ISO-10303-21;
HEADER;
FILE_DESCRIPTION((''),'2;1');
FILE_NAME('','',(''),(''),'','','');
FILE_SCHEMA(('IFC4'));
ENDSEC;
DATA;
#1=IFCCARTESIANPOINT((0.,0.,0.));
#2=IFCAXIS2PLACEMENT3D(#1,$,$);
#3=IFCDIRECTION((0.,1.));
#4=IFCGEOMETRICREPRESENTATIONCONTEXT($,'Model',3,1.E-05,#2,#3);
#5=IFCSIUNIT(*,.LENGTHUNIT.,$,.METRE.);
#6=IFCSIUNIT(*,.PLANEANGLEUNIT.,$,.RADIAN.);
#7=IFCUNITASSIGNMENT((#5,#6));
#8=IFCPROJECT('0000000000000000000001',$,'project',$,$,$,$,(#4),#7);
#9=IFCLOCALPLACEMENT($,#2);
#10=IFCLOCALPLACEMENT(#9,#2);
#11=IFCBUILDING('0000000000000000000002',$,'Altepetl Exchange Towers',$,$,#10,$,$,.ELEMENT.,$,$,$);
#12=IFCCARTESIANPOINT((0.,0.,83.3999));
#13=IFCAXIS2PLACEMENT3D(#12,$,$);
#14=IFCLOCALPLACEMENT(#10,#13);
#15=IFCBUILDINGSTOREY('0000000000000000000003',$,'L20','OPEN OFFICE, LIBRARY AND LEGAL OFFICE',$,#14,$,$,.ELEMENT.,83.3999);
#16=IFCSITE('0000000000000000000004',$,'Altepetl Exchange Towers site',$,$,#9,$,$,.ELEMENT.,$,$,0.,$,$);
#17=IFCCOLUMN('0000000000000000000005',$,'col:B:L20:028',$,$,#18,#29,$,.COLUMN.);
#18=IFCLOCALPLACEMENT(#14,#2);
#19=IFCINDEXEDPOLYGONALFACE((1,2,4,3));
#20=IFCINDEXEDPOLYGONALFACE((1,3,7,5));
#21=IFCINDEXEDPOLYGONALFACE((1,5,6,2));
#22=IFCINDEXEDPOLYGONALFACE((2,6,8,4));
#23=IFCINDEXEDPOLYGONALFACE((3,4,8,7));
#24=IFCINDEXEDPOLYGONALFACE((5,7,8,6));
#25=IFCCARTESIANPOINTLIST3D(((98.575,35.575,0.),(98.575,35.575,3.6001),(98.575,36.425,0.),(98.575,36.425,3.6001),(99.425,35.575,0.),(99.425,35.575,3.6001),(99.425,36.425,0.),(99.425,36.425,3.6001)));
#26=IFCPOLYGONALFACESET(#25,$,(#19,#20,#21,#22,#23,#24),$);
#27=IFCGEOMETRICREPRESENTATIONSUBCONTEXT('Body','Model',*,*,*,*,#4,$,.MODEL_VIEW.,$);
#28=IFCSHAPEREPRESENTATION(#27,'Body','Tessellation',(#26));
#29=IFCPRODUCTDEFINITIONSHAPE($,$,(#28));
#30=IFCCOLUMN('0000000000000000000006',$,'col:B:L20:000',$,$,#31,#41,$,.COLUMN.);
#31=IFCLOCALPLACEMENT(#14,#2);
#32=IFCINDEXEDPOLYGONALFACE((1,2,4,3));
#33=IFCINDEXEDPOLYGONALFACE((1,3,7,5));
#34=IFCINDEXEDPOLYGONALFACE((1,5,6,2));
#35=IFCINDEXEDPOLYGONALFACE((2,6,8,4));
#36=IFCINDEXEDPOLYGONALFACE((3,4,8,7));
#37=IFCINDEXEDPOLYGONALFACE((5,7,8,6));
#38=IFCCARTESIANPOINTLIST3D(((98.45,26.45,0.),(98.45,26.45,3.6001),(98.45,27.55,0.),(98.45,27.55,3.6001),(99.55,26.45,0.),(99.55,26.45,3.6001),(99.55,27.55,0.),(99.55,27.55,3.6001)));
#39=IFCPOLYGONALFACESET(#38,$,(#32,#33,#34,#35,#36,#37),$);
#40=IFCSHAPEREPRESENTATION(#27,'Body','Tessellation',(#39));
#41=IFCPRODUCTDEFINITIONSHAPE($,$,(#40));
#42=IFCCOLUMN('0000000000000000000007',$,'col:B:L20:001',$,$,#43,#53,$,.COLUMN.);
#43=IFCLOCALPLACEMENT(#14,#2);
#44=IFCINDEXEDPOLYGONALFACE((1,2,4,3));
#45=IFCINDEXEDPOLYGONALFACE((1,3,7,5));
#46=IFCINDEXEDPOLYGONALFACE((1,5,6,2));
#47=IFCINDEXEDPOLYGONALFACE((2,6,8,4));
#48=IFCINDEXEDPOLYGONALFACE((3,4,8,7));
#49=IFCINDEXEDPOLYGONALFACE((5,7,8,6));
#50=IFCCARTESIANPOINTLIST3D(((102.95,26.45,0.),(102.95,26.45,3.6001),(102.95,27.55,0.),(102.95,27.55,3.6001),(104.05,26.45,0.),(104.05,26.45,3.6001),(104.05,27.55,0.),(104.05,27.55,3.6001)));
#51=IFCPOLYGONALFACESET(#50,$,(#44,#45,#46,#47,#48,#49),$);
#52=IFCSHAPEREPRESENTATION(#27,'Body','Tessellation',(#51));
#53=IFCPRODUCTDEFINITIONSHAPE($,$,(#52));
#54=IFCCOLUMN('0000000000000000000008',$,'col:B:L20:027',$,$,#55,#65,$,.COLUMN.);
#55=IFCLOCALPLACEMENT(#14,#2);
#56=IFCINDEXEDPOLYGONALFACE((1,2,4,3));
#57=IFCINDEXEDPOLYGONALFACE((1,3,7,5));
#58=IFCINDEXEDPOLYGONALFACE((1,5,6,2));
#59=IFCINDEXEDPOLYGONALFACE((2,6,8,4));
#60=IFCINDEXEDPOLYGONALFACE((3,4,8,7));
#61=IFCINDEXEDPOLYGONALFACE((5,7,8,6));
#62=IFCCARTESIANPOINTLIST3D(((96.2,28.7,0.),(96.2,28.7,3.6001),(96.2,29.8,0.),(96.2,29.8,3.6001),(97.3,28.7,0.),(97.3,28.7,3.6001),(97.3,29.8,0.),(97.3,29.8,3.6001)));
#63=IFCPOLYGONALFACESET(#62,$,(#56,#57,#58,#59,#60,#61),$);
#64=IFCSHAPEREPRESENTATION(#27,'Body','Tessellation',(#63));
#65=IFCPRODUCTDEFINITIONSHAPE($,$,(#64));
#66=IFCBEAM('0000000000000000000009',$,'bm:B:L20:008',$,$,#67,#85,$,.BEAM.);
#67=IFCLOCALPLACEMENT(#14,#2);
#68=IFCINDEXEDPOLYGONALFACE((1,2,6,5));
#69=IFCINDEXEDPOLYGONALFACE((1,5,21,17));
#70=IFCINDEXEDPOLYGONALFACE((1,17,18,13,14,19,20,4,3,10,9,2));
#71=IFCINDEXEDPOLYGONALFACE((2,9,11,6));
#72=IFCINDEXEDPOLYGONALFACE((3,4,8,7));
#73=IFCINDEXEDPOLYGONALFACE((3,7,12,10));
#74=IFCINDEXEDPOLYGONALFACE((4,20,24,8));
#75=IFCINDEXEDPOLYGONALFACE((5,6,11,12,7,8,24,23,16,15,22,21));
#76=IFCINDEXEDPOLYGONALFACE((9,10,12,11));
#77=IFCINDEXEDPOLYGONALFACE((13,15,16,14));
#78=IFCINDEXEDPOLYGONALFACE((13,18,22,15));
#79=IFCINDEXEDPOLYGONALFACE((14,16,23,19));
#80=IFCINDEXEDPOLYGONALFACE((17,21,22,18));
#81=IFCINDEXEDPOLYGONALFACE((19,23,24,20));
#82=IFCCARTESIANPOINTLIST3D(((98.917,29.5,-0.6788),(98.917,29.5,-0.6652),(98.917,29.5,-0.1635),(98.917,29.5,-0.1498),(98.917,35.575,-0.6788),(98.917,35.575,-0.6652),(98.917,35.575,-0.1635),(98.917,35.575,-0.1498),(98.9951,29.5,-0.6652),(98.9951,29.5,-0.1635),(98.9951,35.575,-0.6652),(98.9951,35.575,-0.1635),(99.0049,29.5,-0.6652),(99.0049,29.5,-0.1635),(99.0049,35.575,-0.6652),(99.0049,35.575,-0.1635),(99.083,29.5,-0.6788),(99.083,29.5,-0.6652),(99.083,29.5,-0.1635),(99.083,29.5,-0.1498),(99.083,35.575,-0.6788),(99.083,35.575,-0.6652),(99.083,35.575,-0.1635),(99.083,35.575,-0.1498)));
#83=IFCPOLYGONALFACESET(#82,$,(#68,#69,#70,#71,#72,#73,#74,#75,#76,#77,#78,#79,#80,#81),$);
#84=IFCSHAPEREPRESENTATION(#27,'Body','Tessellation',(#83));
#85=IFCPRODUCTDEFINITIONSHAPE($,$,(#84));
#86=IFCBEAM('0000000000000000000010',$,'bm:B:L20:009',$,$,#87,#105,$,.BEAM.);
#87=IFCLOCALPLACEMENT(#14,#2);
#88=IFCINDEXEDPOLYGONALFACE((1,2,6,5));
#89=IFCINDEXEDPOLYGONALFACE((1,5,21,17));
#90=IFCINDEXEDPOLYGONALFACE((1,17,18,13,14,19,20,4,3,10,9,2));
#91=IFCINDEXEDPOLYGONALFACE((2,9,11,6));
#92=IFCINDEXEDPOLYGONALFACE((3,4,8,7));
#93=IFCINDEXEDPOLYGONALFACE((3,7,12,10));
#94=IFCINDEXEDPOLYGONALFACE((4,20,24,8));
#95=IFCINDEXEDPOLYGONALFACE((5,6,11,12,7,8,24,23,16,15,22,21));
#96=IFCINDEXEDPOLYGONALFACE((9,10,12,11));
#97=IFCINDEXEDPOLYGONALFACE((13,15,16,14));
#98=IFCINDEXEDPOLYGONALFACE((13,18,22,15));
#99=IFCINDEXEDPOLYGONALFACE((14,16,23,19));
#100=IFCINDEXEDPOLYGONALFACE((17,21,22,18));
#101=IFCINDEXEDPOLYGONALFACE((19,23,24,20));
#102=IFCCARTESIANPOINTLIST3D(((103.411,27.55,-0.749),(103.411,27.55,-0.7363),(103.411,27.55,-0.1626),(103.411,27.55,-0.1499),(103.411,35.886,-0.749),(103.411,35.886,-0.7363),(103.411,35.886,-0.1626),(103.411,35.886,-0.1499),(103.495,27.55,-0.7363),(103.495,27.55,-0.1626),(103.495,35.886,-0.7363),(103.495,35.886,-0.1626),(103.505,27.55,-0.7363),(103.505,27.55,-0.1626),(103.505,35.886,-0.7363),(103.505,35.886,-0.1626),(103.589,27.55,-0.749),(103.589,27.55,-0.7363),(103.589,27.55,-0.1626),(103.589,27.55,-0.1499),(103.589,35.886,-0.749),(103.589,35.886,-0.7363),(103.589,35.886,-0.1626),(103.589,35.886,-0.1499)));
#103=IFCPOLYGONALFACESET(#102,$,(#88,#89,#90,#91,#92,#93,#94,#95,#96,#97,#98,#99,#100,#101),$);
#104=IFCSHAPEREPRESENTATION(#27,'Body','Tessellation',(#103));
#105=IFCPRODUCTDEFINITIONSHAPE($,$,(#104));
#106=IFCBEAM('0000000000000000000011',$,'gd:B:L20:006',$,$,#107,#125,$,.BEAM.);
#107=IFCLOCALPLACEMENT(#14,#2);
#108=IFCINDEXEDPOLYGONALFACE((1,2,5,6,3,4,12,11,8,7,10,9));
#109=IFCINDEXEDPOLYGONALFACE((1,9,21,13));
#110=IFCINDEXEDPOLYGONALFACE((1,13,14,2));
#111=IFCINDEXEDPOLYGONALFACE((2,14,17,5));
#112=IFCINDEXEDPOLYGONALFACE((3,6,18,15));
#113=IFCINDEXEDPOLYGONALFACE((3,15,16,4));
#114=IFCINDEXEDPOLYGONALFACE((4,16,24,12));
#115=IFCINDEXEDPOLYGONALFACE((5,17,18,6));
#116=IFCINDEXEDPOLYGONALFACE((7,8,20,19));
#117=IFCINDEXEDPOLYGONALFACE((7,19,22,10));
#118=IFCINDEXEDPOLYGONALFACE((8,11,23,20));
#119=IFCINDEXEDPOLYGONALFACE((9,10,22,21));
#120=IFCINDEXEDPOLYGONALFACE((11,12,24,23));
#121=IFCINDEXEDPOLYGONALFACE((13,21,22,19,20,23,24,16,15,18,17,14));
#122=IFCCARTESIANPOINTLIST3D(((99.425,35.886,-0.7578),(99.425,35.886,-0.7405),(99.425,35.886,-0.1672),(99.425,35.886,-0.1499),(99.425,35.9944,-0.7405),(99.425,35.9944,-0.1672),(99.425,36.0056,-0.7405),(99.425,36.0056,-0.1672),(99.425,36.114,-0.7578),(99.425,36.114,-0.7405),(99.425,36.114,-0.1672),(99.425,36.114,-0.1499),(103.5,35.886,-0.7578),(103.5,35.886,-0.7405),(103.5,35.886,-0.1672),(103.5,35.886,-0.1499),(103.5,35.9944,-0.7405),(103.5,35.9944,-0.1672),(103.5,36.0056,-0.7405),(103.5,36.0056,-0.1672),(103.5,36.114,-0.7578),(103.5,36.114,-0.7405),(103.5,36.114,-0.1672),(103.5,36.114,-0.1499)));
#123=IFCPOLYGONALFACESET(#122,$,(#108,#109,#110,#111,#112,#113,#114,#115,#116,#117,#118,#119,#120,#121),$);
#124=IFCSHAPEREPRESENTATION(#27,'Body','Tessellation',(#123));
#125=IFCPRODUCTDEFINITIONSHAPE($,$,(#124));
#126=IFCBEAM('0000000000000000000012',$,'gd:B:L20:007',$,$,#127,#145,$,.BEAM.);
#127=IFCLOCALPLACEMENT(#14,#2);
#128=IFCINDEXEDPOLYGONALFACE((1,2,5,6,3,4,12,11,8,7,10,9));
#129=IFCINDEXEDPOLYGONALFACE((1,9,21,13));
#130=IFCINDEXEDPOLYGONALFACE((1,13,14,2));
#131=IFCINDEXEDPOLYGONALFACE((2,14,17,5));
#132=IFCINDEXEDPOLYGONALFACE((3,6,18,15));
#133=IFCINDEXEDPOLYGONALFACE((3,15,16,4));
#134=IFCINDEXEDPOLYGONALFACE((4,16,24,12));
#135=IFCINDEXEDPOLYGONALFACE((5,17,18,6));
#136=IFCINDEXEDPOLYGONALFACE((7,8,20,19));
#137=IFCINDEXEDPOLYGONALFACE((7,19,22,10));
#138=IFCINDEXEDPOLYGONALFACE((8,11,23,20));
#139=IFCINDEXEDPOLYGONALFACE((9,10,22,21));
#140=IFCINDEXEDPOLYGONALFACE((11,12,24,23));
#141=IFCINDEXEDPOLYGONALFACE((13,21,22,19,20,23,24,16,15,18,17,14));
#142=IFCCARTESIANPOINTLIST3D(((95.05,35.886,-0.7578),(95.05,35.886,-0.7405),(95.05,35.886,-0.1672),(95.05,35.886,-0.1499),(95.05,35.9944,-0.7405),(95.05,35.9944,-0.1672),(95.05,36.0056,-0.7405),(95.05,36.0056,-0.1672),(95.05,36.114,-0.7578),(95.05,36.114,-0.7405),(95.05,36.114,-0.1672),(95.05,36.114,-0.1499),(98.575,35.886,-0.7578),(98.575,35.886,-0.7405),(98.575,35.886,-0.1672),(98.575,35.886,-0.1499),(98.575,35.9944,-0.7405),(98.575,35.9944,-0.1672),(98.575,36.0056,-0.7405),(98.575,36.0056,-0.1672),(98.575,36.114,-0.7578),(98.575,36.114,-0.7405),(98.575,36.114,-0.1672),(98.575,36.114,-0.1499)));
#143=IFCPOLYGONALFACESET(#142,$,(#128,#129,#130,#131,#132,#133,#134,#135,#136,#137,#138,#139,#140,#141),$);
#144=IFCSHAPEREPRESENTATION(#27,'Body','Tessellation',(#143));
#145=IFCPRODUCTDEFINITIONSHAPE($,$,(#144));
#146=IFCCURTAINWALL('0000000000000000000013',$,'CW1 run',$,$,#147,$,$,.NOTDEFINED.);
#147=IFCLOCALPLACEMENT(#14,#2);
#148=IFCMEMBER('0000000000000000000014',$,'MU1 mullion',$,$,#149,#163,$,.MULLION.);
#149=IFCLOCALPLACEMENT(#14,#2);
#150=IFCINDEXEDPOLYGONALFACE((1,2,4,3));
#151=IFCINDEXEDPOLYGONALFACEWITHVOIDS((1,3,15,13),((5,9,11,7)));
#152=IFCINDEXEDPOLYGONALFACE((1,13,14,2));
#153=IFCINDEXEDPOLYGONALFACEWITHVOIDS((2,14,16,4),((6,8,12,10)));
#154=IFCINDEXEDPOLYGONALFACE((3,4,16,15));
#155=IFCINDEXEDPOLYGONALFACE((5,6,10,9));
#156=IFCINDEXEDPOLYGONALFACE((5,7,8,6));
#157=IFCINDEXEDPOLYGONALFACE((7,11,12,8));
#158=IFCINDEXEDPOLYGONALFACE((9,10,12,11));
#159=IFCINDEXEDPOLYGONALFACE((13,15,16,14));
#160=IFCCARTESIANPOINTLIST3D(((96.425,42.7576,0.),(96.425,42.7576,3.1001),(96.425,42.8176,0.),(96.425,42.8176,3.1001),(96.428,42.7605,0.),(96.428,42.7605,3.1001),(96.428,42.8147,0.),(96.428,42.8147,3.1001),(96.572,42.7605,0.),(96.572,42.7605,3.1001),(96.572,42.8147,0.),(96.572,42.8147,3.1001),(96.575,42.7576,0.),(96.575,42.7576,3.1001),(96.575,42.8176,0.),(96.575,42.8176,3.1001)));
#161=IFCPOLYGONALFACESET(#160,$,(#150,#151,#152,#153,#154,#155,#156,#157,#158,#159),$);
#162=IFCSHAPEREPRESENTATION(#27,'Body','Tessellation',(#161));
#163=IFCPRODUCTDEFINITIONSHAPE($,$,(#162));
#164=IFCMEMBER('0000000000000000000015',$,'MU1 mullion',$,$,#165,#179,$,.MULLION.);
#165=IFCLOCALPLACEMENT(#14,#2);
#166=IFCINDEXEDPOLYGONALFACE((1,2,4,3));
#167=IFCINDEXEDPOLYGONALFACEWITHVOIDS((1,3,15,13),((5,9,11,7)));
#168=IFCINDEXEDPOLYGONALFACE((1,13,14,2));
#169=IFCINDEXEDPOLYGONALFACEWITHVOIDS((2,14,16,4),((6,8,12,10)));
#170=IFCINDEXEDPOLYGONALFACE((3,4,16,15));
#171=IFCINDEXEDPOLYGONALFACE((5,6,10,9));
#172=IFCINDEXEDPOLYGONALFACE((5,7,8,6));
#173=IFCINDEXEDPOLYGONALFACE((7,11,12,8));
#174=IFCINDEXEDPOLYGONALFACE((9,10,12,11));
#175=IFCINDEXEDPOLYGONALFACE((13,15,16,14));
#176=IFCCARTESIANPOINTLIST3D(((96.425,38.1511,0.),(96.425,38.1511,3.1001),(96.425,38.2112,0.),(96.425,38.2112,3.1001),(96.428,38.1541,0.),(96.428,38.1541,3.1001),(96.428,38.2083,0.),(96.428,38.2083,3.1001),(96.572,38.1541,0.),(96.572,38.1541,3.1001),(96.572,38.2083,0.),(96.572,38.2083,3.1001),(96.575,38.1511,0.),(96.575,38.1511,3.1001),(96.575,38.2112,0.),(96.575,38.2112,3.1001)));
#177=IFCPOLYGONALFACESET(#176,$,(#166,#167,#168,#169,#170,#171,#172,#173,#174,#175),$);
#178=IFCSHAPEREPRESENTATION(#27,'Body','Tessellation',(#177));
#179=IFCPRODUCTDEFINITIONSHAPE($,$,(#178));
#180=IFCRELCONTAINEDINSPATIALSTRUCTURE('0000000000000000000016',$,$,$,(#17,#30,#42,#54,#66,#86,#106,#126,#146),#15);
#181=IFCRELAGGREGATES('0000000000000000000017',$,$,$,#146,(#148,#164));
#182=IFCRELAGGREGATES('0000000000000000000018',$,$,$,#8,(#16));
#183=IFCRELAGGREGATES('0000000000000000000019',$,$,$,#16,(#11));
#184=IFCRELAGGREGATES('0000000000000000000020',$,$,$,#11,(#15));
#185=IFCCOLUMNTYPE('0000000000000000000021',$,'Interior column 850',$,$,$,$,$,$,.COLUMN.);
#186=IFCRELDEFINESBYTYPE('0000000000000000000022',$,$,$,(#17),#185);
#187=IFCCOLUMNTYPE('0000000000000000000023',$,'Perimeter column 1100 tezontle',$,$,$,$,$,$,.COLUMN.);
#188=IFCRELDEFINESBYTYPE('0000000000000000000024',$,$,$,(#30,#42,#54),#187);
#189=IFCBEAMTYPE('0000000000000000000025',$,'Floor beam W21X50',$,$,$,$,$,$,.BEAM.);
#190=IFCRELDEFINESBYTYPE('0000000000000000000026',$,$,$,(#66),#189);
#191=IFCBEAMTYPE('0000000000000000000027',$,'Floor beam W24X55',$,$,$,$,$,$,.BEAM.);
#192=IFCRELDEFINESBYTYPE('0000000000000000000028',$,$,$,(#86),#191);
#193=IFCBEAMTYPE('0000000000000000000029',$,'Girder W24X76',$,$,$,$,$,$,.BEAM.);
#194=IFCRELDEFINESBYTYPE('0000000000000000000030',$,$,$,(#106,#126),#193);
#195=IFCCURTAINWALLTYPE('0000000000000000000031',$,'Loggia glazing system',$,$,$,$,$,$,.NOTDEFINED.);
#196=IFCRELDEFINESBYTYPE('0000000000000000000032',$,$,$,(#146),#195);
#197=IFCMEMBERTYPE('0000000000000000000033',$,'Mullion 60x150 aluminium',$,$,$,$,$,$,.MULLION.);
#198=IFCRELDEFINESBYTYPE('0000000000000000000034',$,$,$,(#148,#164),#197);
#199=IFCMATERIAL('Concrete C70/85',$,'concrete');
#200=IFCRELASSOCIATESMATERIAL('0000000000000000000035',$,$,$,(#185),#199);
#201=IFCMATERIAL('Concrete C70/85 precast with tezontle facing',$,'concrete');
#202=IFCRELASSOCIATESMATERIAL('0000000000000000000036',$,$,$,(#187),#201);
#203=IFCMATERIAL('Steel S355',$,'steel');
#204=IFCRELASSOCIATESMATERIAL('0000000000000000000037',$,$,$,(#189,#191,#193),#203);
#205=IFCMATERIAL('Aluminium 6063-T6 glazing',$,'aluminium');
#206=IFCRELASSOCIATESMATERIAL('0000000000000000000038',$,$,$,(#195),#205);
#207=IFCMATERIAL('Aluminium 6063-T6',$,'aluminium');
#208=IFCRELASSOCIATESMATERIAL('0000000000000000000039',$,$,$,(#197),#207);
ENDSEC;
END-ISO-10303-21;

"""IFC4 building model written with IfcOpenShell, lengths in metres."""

from ifc_helpers import new_model, si_unit, direction, frame, origin, origin_2d, place, context, subcontext, project, spatial, rectangle, hollow_rectangle, i_section, extrude, material, material_profile, profile_set, type_object, element, aggregate, save


model = new_model("IFC4")

# Units and contexts
model_context = context("Model", 3, precision=1e-05, world=origin(), true_north=direction((0.0, 1.0)))
body_context = subcontext(model_context, "Body", "Model", "MODEL_VIEW")
ifc_project = project(units=[si_unit("LENGTHUNIT", "METRE"), si_unit("PLANEANGLEUNIT", "RADIAN")], contexts=[model_context])

# Site, building, storey
site_placement = place(None, origin())
site = spatial("IfcSite", under=ifc_project, at=site_placement, Name="Altepetl Exchange Towers site", CompositionType="ELEMENT", RefElevation=0.0)
building_placement = place(site_placement, origin())
building = spatial("IfcBuilding", under=site, at=building_placement, Name="Altepetl Exchange Towers", CompositionType="ELEMENT")
storey_placement = place(building_placement, frame((0.0, 0.0, 83.3999)))
storey = spatial("IfcBuildingStorey", under=building, at=storey_placement, Name="L20", Description="OPEN OFFICE, LIBRARY AND LEGAL OFFICE", CompositionType="ELEMENT", Elevation=83.3999)

# Columns
ifc_material_1 = material(Name="Concrete C70/85", Category="concrete")
ifc_material_profile_1 = material_profile(ifc_material_1, rectangle(XDim=0.8501, YDim=0.8501, at=origin_2d()), Name="850 x 850")
ifc_profile_set_1 = profile_set([ifc_material_profile_1], Name="Concrete C70/85")
column_type_1 = type_object("IfcColumnType", Name="Interior column 850", PredefinedType="COLUMN", material=ifc_profile_set_1)
column_placement = place(storey_placement, frame((99.0, 36.0, 0.0)))
element("IfcColumn", 1, at=column_placement, inside=storey, type_object=column_type_1, Name="col:B:L20:028", PredefinedType="COLUMN", context=body_context, shape_type="SweptSolid", body=[
    extrude(rectangle(XDim=0.8501, YDim=0.8501, at=origin_2d()), origin(), (0.0, 0.0, 1.0), 3.6001),
])
ifc_material_2 = material(Name="Concrete C70/85 precast with tezontle facing", Category="concrete")
ifc_material_profile_2 = material_profile(ifc_material_2, rectangle(XDim=1.1001, YDim=1.1001, at=origin_2d()), Name="1100 x 1100")
ifc_profile_set_2 = profile_set([ifc_material_profile_2], Name="Concrete C70/85 precast with tezontle facing")
column_type_2 = type_object("IfcColumnType", Name="Perimeter column 1100 tezontle", PredefinedType="COLUMN", material=ifc_profile_set_2)
for number, where, name in (
    (2, (99.0, 27.0, 0.0), "col:B:L20:000"),
    (3, (103.5, 27.0, 0.0), "col:B:L20:001"),
    (4, (96.75, 29.25, 0.0), "col:B:L20:027"),
):
    element("IfcColumn", number, at=place(storey_placement, frame(where)), inside=storey, type_object=column_type_2, Name=name, PredefinedType="COLUMN", context=body_context, shape_type="SweptSolid", body=[
        extrude(rectangle(XDim=1.1001, YDim=1.1001, at=origin_2d()), origin(), (0.0, 0.0, 1.0), 3.6001),
    ])

# Beams
ifc_material_3 = material(Name="Steel S355", Category="steel")
ifc_material_profile_3 = material_profile(ifc_material_3, i_section(OverallWidth=0.166, OverallDepth=0.5291, WebThickness=0.0098, FlangeThickness=0.0137, at=origin_2d()), Name="W21X50")
ifc_profile_set_3 = profile_set([ifc_material_profile_3], Name="Steel S355")
beam_type_1 = type_object("IfcBeamType", Name="Floor beam W21X50", PredefinedType="BEAM", material=ifc_profile_set_3)
beam_1_placement = place(storey_placement, frame((99.0, 29.5, -0.4143), z_axis=(0.0, 1.0, 0.0), x_axis=(-1.0, 0.0, 0.0)))
element("IfcBeam", 5, at=beam_1_placement, inside=storey, type_object=beam_type_1, Name="bm:B:L20:008", PredefinedType="BEAM", context=body_context, shape_type="SweptSolid", body=[
    extrude(i_section(OverallWidth=0.166, OverallDepth=0.5291, WebThickness=0.0098, FlangeThickness=0.0137, at=origin_2d()), origin(), (0.0, 0.0, 1.0), 6.075),
])
ifc_material_profile_4 = material_profile(ifc_material_3, i_section(OverallWidth=0.178, OverallDepth=0.5991, WebThickness=0.01, FlangeThickness=0.0127, at=origin_2d()), Name="W24X55")
ifc_profile_set_4 = profile_set([ifc_material_profile_4], Name="Steel S355")
beam_type_2 = type_object("IfcBeamType", Name="Floor beam W24X55", PredefinedType="BEAM", material=ifc_profile_set_4)
beam_2_placement = place(storey_placement, frame((103.5, 27.55, -0.4495), z_axis=(0.0, 1.0, 0.0), x_axis=(-1.0, 0.0, 0.0)))
element("IfcBeam", 6, at=beam_2_placement, inside=storey, type_object=beam_type_2, Name="bm:B:L20:009", PredefinedType="BEAM", context=body_context, shape_type="SweptSolid", body=[
    extrude(i_section(OverallWidth=0.178, OverallDepth=0.5991, WebThickness=0.01, FlangeThickness=0.0127, at=origin_2d()), origin(), (0.0, 0.0, 1.0), 8.3359),
])
ifc_material_profile_5 = material_profile(ifc_material_3, i_section(OverallWidth=0.228, OverallDepth=0.6079, WebThickness=0.0112, FlangeThickness=0.0173, at=origin_2d()), Name="W24X76")
ifc_profile_set_5 = profile_set([ifc_material_profile_5], Name="Steel S355")
beam_type_3 = type_object("IfcBeamType", Name="Girder W24X76", PredefinedType="BEAM", material=ifc_profile_set_5)
beam_3_placement = place(storey_placement, frame((103.5, 36.0, -0.4539), z_axis=(-1.0, 0.0, 0.0), x_axis=(0.0, -1.0, 0.0)))
element("IfcBeam", 7, at=beam_3_placement, inside=storey, type_object=beam_type_3, Name="gd:B:L20:006", PredefinedType="BEAM", context=body_context, shape_type="SweptSolid", body=[
    extrude(i_section(OverallWidth=0.228, OverallDepth=0.6079, WebThickness=0.0112, FlangeThickness=0.0173, at=origin_2d()), origin(), (0.0, 0.0, 1.0), 4.075),
])
beam_4_placement = place(storey_placement, frame((98.575, 36.0, -0.4539), z_axis=(-1.0, 0.0, 0.0), x_axis=(0.0, -1.0, 0.0)))
element("IfcBeam", 8, at=beam_4_placement, inside=storey, type_object=beam_type_3, Name="gd:B:L20:007", PredefinedType="BEAM", context=body_context, shape_type="SweptSolid", body=[
    extrude(i_section(OverallWidth=0.228, OverallDepth=0.6079, WebThickness=0.0112, FlangeThickness=0.0173, at=origin_2d()), origin(), (0.0, 0.0, 1.0), 3.5249),
])

# Curtain wall, members
ifc_material_4 = material(Name="Aluminium 6063-T6 glazing", Category="aluminium")
curtain_wall_type = type_object("IfcCurtainWallType", Name="Loggia glazing system", PredefinedType="NOTDEFINED", material=ifc_material_4)
curtain_wall_1_placement = place(storey_placement, origin())
curtain_wall_1 = element("IfcCurtainWall", 9, at=curtain_wall_1_placement, inside=storey, type_object=curtain_wall_type, Name="CW1 run", PredefinedType="NOTDEFINED")
ifc_material_5 = material(Name="Aluminium 6063-T6", Category="aluminium")
ifc_material_profile_6 = material_profile(ifc_material_5, hollow_rectangle(XDim=0.0601, YDim=0.1499, WallThickness=0.0029, at=origin_2d()), Name="Mullion 60x150 aluminium")
ifc_profile_set_6 = profile_set([ifc_material_profile_6], Name="Aluminium 6063-T6")
member_type = type_object("IfcMemberType", Name="Mullion 60x150 aluminium", PredefinedType="MULLION", material=ifc_profile_set_6)
member_1_placement = place(storey_placement, frame((96.5, 42.7876, 0.0), z_axis=(0.0, 0.0, 1.0), x_axis=(0.0, -1.0, 0.0)))
member_1 = element("IfcMember", 10, at=member_1_placement, type_object=member_type, Name="MU1 mullion", PredefinedType="MULLION", context=body_context, shape_type="SweptSolid", body=[
    extrude(hollow_rectangle(XDim=0.0601, YDim=0.1499, WallThickness=0.0029, at=origin_2d()), origin(), (0.0, 0.0, 1.0), 3.1001),
])
member_2_placement = place(storey_placement, frame((96.5, 38.1812, 0.0), z_axis=(0.0, 0.0, 1.0), x_axis=(0.0, -1.0, 0.0)))
member_2 = element("IfcMember", 11, at=member_2_placement, type_object=member_type, Name="MU1 mullion", PredefinedType="MULLION", context=body_context, shape_type="SweptSolid", body=[
    extrude(hollow_rectangle(XDim=0.0601, YDim=0.1499, WallThickness=0.0029, at=origin_2d()), origin(), (0.0, 0.0, 1.0), 3.1001),
])

aggregate(curtain_wall_1, [member_1, member_2])

save(model, "model.ifc")
